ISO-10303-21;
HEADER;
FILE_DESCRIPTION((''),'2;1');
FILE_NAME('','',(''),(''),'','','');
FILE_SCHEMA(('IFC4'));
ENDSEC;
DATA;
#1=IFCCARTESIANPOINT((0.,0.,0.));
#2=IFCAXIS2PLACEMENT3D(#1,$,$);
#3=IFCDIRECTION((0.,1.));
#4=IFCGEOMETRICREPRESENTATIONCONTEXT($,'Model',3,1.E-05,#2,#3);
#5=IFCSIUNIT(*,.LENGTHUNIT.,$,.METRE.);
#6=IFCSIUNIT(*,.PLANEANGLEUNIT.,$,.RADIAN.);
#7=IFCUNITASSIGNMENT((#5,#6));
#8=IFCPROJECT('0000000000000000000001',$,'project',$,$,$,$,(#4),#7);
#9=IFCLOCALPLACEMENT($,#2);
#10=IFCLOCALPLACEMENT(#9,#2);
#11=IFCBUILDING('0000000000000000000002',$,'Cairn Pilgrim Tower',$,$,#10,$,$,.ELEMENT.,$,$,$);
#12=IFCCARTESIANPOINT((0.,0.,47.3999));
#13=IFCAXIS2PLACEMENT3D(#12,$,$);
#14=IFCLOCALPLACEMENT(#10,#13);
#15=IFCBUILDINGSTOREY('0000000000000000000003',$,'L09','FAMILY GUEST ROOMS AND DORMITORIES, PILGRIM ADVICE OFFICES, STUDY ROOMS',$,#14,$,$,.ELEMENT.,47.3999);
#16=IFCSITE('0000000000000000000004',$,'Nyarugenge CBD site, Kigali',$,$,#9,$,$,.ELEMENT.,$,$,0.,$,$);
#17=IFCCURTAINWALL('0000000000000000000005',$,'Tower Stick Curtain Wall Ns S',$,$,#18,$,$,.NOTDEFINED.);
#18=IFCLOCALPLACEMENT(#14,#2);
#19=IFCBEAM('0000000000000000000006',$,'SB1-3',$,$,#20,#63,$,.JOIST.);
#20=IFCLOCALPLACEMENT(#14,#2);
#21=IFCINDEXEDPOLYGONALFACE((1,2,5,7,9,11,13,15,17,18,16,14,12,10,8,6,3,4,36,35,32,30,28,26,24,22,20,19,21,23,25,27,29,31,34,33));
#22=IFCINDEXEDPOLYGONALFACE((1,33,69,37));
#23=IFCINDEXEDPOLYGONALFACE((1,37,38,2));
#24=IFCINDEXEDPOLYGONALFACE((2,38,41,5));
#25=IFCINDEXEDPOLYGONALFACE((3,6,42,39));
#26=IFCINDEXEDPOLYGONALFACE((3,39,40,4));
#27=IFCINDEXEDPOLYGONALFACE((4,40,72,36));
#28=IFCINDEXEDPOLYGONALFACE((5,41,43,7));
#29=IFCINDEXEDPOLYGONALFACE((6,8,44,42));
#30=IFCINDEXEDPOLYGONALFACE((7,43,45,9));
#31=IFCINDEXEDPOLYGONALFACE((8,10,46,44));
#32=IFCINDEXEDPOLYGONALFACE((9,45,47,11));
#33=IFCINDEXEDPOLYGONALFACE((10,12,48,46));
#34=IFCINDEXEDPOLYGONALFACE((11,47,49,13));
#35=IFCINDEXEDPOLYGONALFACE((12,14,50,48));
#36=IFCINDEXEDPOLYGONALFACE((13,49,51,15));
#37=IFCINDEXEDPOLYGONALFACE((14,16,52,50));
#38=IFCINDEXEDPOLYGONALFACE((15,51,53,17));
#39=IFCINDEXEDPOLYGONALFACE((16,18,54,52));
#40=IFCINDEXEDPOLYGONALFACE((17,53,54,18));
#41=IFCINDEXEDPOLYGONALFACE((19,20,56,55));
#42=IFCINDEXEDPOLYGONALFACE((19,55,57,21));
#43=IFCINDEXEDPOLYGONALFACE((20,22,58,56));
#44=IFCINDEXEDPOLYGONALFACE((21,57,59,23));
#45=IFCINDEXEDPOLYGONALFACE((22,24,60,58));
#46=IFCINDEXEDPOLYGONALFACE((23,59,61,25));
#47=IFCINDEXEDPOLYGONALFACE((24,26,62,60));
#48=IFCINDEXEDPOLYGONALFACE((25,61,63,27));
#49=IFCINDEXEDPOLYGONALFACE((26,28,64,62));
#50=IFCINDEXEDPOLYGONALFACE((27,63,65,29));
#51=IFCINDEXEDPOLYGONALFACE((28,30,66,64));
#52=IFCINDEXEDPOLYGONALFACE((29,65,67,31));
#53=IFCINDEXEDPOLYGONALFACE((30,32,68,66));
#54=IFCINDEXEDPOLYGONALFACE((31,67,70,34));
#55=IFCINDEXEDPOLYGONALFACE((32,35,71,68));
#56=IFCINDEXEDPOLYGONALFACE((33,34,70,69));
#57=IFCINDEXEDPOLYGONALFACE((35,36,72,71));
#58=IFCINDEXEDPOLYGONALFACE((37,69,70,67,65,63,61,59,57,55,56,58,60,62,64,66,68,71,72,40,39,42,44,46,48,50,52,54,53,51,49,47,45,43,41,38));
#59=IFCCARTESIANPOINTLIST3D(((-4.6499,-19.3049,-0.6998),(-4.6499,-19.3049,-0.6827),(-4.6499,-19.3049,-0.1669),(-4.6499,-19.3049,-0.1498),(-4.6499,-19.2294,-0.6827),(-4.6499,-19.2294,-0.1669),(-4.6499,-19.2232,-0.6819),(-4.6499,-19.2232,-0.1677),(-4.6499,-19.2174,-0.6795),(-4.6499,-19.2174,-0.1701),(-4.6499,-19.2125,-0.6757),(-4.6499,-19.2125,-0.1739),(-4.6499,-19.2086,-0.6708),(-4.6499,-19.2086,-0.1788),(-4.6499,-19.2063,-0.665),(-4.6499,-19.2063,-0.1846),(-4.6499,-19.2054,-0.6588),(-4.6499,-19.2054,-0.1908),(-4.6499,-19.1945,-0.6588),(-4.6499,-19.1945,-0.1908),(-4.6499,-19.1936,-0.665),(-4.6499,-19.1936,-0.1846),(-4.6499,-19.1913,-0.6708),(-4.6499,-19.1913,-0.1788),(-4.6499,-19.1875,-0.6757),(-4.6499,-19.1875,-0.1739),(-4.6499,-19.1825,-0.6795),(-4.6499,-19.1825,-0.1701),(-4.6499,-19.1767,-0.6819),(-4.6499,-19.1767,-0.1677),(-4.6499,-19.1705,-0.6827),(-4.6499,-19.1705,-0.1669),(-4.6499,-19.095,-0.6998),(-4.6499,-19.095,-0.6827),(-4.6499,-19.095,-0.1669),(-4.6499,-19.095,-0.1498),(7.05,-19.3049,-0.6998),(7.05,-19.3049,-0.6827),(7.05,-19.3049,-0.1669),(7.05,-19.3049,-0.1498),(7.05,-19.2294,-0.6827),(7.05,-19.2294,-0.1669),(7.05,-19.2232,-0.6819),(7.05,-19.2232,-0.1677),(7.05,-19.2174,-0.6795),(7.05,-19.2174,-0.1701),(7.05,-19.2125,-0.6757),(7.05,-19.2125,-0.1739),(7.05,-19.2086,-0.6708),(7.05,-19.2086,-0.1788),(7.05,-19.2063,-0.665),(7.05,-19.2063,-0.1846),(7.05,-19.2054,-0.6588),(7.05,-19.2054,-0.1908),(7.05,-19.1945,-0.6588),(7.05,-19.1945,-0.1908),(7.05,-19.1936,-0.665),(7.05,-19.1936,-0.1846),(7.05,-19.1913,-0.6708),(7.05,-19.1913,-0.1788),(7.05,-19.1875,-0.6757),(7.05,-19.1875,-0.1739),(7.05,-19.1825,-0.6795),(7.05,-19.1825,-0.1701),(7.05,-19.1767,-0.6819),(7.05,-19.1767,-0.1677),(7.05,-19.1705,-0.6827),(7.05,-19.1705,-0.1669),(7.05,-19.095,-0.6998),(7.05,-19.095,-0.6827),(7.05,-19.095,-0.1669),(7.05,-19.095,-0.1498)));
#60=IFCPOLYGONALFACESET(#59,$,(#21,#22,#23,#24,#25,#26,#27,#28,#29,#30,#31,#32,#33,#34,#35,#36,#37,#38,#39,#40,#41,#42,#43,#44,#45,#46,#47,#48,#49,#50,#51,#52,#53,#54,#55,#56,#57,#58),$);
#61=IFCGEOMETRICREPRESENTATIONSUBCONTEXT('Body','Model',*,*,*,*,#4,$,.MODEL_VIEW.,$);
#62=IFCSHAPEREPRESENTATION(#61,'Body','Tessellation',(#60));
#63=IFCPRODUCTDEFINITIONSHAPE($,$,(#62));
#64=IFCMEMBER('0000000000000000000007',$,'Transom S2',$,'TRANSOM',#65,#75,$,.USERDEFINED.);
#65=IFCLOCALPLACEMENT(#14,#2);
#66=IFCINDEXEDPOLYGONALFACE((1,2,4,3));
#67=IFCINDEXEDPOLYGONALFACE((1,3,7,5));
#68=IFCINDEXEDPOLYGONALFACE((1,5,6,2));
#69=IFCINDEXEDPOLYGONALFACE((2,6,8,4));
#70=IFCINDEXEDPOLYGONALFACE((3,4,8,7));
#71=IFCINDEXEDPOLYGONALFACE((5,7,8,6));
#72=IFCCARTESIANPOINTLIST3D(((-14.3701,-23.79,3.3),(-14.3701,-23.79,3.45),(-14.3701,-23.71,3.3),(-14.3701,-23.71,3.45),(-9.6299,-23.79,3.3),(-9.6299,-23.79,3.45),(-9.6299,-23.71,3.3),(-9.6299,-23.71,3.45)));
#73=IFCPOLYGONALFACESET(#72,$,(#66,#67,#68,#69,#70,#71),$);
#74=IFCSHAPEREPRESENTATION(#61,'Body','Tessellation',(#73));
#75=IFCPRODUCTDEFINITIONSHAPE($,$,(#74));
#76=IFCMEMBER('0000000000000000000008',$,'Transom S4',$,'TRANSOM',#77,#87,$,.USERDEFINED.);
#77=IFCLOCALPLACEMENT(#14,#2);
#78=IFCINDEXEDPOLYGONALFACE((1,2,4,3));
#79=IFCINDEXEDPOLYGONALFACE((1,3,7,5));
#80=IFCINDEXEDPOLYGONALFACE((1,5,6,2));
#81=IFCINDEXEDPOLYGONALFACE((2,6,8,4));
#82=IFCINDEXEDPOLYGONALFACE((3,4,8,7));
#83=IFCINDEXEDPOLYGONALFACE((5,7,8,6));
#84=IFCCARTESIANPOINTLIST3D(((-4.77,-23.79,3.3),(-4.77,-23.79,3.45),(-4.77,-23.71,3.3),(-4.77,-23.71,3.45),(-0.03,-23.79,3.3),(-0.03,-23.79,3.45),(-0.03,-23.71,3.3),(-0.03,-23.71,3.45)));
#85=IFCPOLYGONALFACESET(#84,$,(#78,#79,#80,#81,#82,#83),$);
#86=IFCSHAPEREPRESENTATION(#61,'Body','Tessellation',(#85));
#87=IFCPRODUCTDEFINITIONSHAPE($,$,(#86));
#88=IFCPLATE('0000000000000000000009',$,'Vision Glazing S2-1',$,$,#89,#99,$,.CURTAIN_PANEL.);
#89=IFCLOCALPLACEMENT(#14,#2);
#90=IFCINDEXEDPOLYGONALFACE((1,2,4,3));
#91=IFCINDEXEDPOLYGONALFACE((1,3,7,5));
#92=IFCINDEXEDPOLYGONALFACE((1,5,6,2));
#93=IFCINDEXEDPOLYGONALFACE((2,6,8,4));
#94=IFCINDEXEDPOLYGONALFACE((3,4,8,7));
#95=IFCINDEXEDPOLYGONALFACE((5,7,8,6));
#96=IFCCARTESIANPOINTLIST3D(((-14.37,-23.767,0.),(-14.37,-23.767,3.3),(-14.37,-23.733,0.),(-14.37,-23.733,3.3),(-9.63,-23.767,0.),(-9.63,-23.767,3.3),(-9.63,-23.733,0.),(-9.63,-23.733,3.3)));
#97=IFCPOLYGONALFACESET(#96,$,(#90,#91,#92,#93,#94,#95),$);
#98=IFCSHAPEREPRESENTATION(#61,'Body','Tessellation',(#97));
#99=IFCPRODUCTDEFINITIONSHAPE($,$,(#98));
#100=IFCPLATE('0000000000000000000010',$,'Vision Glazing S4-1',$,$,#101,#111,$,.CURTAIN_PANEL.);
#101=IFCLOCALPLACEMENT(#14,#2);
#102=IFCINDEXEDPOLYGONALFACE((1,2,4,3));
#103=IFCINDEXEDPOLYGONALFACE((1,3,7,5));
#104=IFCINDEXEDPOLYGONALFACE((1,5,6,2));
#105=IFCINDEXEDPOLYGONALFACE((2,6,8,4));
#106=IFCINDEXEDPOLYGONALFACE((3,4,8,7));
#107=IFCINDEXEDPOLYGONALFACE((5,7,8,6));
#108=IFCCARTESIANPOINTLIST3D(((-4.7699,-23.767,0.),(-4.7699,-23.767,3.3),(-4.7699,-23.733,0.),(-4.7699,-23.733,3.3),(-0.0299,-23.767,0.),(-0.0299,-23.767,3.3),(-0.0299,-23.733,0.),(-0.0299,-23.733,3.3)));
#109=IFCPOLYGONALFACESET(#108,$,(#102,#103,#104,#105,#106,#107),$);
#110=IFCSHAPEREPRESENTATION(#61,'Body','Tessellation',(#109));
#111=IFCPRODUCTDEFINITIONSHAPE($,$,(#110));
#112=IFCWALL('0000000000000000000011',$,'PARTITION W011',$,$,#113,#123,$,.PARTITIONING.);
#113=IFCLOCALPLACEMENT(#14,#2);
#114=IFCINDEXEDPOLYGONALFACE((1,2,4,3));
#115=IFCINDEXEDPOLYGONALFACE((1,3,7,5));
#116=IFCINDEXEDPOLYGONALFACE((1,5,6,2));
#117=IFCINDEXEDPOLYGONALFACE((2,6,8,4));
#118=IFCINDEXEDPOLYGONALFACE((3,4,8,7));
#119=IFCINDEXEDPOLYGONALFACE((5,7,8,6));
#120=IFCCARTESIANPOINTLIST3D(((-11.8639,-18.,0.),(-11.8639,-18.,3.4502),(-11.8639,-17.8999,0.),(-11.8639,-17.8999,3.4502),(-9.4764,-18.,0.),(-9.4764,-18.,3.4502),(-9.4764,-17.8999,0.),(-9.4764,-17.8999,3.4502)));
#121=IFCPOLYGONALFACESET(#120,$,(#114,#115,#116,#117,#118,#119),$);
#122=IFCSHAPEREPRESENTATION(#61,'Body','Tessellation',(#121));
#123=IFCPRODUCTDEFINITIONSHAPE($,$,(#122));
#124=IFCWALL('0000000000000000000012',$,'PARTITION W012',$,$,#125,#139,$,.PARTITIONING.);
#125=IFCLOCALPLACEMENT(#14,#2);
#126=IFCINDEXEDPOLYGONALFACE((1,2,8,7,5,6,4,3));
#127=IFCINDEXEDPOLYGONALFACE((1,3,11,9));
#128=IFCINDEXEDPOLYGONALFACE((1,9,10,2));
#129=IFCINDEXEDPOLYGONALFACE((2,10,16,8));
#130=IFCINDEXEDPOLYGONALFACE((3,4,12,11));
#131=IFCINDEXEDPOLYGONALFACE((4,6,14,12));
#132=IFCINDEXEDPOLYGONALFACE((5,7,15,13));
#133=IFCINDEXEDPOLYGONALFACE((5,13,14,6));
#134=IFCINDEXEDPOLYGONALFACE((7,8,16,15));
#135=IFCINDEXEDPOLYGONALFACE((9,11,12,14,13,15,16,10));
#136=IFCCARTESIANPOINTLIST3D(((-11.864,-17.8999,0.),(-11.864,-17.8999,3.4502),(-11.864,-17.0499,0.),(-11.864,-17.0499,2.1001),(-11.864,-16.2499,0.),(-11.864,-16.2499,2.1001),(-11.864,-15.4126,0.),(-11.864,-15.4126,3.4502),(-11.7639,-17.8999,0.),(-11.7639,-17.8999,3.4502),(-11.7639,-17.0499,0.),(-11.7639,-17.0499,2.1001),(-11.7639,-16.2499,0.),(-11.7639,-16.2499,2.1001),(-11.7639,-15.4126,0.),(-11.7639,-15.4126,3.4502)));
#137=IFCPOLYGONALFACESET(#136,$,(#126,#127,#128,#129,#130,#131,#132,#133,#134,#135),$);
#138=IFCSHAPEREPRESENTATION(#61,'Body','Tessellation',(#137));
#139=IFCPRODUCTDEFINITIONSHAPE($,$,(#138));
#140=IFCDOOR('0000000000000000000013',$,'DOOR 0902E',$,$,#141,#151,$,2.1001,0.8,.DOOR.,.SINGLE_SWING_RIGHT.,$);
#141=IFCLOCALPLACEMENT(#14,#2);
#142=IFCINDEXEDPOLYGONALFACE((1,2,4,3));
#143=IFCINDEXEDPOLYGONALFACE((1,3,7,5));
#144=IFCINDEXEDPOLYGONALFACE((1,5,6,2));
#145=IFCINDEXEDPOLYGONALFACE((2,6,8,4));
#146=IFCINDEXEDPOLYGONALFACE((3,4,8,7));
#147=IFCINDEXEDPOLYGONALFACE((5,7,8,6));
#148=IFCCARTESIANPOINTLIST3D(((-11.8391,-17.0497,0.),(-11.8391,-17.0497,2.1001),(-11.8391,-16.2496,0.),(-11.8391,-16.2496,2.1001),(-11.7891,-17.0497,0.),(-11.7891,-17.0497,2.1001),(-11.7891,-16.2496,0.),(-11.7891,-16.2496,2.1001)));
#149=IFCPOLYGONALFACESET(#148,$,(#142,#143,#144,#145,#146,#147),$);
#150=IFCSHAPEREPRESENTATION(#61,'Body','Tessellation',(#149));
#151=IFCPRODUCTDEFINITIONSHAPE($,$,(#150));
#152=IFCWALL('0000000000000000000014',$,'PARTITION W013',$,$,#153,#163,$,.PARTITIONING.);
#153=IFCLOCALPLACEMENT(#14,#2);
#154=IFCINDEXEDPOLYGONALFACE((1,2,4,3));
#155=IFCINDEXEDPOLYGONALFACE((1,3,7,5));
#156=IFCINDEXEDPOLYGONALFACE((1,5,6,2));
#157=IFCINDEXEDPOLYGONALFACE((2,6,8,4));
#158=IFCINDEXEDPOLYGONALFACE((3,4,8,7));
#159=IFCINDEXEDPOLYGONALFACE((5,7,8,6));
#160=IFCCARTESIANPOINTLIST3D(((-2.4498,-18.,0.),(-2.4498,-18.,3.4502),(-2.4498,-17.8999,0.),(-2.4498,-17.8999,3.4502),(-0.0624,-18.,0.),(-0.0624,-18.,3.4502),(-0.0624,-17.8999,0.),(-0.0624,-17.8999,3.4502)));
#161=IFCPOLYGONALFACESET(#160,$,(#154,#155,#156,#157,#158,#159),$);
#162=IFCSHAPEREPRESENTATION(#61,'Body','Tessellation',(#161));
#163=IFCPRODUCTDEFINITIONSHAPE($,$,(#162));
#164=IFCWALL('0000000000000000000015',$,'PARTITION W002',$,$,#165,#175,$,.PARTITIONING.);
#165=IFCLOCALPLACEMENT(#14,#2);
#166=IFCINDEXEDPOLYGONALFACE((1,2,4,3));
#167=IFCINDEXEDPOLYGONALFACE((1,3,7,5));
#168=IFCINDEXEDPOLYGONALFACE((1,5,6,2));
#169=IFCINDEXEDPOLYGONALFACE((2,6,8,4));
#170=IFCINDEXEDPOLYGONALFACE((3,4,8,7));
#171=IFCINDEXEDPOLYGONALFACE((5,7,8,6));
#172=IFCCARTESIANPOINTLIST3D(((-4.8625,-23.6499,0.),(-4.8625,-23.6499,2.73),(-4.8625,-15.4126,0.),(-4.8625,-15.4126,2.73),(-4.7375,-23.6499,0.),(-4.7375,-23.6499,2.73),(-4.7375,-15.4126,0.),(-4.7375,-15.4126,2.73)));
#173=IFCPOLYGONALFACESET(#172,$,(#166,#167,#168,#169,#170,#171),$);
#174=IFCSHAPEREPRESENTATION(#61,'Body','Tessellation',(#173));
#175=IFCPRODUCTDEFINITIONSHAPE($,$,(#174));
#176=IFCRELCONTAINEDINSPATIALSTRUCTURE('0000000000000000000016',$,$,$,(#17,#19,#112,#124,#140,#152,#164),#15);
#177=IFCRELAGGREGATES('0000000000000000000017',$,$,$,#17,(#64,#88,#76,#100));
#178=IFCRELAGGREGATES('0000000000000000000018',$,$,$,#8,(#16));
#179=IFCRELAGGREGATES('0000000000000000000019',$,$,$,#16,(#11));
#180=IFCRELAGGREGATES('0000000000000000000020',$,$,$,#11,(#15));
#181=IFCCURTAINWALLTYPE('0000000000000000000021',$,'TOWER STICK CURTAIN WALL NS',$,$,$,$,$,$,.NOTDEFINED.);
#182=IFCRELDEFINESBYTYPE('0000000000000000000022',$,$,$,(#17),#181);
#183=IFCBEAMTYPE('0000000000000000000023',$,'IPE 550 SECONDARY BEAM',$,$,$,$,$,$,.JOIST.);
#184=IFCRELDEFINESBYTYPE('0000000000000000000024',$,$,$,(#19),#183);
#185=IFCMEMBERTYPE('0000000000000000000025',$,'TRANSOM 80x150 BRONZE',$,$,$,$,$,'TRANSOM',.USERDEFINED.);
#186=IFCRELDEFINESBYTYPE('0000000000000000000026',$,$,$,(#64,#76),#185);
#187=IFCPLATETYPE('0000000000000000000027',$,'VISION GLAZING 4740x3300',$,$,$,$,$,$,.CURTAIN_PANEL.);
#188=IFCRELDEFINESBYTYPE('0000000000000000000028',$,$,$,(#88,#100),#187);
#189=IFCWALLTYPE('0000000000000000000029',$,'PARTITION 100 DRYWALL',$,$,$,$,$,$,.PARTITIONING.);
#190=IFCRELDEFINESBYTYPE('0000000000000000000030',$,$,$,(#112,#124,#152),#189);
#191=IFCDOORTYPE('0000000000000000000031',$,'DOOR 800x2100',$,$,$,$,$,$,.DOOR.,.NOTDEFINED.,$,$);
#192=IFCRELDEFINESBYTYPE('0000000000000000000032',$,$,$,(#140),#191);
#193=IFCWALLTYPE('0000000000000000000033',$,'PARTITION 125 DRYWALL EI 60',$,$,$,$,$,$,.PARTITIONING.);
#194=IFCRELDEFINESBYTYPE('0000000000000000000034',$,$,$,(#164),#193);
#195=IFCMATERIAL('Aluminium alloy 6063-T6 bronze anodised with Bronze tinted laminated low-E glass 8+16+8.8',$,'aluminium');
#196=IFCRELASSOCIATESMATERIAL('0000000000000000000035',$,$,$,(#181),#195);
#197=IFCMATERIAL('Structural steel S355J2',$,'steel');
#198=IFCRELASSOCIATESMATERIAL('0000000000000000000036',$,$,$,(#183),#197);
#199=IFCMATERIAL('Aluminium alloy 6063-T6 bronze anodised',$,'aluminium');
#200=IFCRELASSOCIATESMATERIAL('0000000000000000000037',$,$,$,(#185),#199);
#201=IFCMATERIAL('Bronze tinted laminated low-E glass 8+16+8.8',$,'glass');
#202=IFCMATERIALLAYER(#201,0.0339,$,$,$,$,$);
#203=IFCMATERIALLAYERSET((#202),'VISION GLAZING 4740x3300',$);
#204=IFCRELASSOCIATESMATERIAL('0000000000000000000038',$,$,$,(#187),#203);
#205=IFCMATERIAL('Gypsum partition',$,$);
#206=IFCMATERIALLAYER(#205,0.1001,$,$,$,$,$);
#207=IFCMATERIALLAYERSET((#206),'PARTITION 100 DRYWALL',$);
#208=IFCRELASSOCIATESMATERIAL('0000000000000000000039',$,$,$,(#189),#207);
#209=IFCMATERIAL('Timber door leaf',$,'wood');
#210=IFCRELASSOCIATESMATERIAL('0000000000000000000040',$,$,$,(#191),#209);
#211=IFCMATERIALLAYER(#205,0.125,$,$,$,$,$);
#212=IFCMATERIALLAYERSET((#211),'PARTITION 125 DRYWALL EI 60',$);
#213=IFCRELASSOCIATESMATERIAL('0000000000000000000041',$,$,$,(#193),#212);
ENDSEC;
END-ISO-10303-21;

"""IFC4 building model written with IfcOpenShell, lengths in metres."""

from ifc_helpers import new_model, si_unit, direction, frame, frame_2d, origin, origin_2d, place, context, subcontext, project, spatial, rectangle, i_section, extrude, material, layer, layer_set, material_profile, profile_set, type_object, element, fill, aggregate, save


model = new_model("IFC4")

# Units and contexts
model_context = context("Model", 3, precision=1e-05, world=origin(), true_north=direction((0.0, 1.0)))
body_context = subcontext(model_context, "Body", "Model", "MODEL_VIEW")
ifc_project = project(units=[si_unit("LENGTHUNIT", "METRE"), si_unit("PLANEANGLEUNIT", "RADIAN")], contexts=[model_context])

# Site, building, storey
site_placement = place(None, origin())
site = spatial("IfcSite", under=ifc_project, at=site_placement, Name="Nyarugenge CBD site, Kigali", CompositionType="ELEMENT", RefElevation=0.0)
building_placement = place(site_placement, origin())
building = spatial("IfcBuilding", under=site, at=building_placement, Name="Cairn Pilgrim Tower", CompositionType="ELEMENT")
storey_placement = place(building_placement, frame((0.0, 0.0, 47.3999)))
storey = spatial("IfcBuildingStorey", under=building, at=storey_placement, Name="L09", Description="FAMILY GUEST ROOMS AND DORMITORIES, PILGRIM ADVICE OFFICES, STUDY ROOMS", CompositionType="ELEMENT", Elevation=47.3999)

# Curtain wall
ifc_material_1 = material(Name="Aluminium alloy 6063-T6 bronze anodised with Bronze tinted laminated low-E glass 8+16+8.8", Category="aluminium")
curtain_wall_type = type_object("IfcCurtainWallType", Name="TOWER STICK CURTAIN WALL NS", PredefinedType="NOTDEFINED", material=ifc_material_1)
curtain_wall_placement = place(storey_placement, origin())
curtain_wall = element("IfcCurtainWall", 1, at=curtain_wall_placement, inside=storey, type_object=curtain_wall_type, Name="Tower Stick Curtain Wall Ns S", PredefinedType="NOTDEFINED")
ifc_material_2 = material(Name="Aluminium alloy 6063-T6 bronze anodised", Category="aluminium")

# Beam
ifc_material_3 = material(Name="Structural steel S355J2", Category="steel")
ifc_material_profile_1 = material_profile(ifc_material_3, i_section(OverallWidth=0.21, OverallDepth=0.55, WebThickness=0.011, FlangeThickness=0.0171, FilletRadius=0.0239, at=origin_2d()), Name="IPE 550")
ifc_profile_set_1 = profile_set([ifc_material_profile_1], Name="Structural steel S355J2")
beam_type_1 = type_object("IfcBeamType", Name="IPE 550 SECONDARY BEAM", PredefinedType="JOIST", material=ifc_profile_set_1)
beam_1_placement = place(storey_placement, frame((-4.6499, -19.2, -0.4248), z_axis=(1.0, 0.0, 0.0), x_axis=(0.0, 1.0, 0.0)))
element("IfcBeam", 2, at=beam_1_placement, inside=storey, type_object=beam_type_1, Name="SB1-3", PredefinedType="JOIST", context=body_context, shape_type="SweptSolid", body=[
    extrude(i_section(OverallWidth=0.21, OverallDepth=0.55, WebThickness=0.011, FlangeThickness=0.0171, FilletRadius=0.0239, at=origin_2d()), origin(), (0.0, 0.0, 1.0), 11.7),
])

# Members
ifc_material_profile_2 = material_profile(ifc_material_2, rectangle(XDim=0.0801, YDim=0.1499, at=origin_2d()), Name="TRANSOM 80x150 BRONZE")
ifc_profile_set_2 = profile_set([ifc_material_profile_2], Name="Aluminium alloy 6063-T6 bronze anodised")
member_type_1 = type_object("IfcMemberType", Name="TRANSOM 80x150 BRONZE", ElementType="TRANSOM", PredefinedType="USERDEFINED", material=ifc_profile_set_2)
member_1_placement = place(storey_placement, frame((-14.3701, -23.75, 3.375), z_axis=(1.0, 0.0, 0.0), x_axis=(0.0, 1.0, 0.0)))
member_1 = element("IfcMember", 3, at=member_1_placement, type_object=member_type_1, Name="Transom S2", ObjectType="TRANSOM", PredefinedType="USERDEFINED", context=body_context, shape_type="SweptSolid", body=[
    extrude(rectangle(XDim=0.0801, YDim=0.1499, at=origin_2d()), origin(), (0.0, 0.0, 1.0), 4.7402),
])
member_2_placement = place(storey_placement, frame((-4.77, -23.75, 3.375), z_axis=(1.0, 0.0, 0.0), x_axis=(0.0, 1.0, 0.0)))
member_2 = element("IfcMember", 4, at=member_2_placement, type_object=member_type_1, Name="Transom S4", ObjectType="TRANSOM", PredefinedType="USERDEFINED", context=body_context, shape_type="SweptSolid", body=[
    extrude(rectangle(XDim=0.0801, YDim=0.1499, at=origin_2d()), origin(), (0.0, 0.0, 1.0), 4.74),
])

# Plates
ifc_material_4 = material(Name="Bronze tinted laminated low-E glass 8+16+8.8", Category="glass")
ifc_layer_1 = layer(ifc_material_4, 0.0339)
ifc_layer_set_1 = layer_set([ifc_layer_1], Name="VISION GLAZING 4740x3300")
plate_type = type_object("IfcPlateType", Name="VISION GLAZING 4740x3300", PredefinedType="CURTAIN_PANEL", material=ifc_layer_set_1)
plate_1_placement = place(storey_placement, frame((-12.0, -23.75, 0.0), z_axis=(0.0, 0.0, 1.0), x_axis=(1.0, 0.0, 0.0)))
plate_1 = element("IfcPlate", 5, at=plate_1_placement, type_object=plate_type, Name="Vision Glazing S2-1", PredefinedType="CURTAIN_PANEL", context=body_context, shape_type="SweptSolid", body=[
    extrude(rectangle(XDim=4.74, YDim=0.0339, at=origin_2d()), origin(), (0.0, 0.0, 1.0), 3.3),
])
plate_2_placement = place(storey_placement, frame((-2.3999, -23.75, 0.0), z_axis=(0.0, 0.0, 1.0), x_axis=(1.0, 0.0, 0.0)))
plate_2 = element("IfcPlate", 6, at=plate_2_placement, type_object=plate_type, Name="Vision Glazing S4-1", PredefinedType="CURTAIN_PANEL", context=body_context, shape_type="SweptSolid", body=[
    extrude(rectangle(XDim=4.74, YDim=0.0339, at=origin_2d()), origin(), (0.0, 0.0, 1.0), 3.3),
])
aggregate(curtain_wall, [member_1, plate_1, member_2, plate_2])

# Wall
ifc_material_5 = material(Name="Gypsum partition")
ifc_layer_2 = layer(ifc_material_5, 0.1001)
ifc_layer_set_2 = layer_set([ifc_layer_2], Name="PARTITION 100 DRYWALL")
wall_type_1 = type_object("IfcWallType", Name="PARTITION 100 DRYWALL", PredefinedType="PARTITIONING", material=ifc_layer_set_2)
wall_1_placement = place(storey_placement, frame((-11.864, -17.95, 0.0), z_axis=(0.0, 0.0, 1.0), x_axis=(1.0, 0.0, 0.0)))
element("IfcWall", 7, at=wall_1_placement, inside=storey, type_object=wall_type_1, Name="PARTITION W011", PredefinedType="PARTITIONING", context=body_context, shape_type="SweptSolid", body=[
    extrude(rectangle(XDim=2.3875, YDim=0.1001, at=frame_2d((1.1938, 0.0))), origin(), (0.0, 0.0, 1.0), 3.4502),
])

# Wall, opening, door
wall_2_placement = place(storey_placement, frame((-11.814, -17.8999, 0.0), z_axis=(0.0, 0.0, 1.0), x_axis=(0.0, 1.0, 0.0)))
wall_2 = element("IfcWall", 8, at=wall_2_placement, inside=storey, type_object=wall_type_1, Name="PARTITION W012", PredefinedType="PARTITIONING", context=body_context, shape_type="SweptSolid", body=[
    extrude(rectangle(XDim=2.4873, YDim=0.1001, at=frame_2d((1.2437, 0.0))), origin(), (0.0, 0.0, 1.0), 3.4502),
])
opening_1_placement = place(wall_2_placement, frame((0.8501, 0.0, 0.0)))
opening_1 = element("IfcOpeningElement", 9, at=opening_1_placement, cuts=wall_2, PredefinedType="OPENING", context=body_context, shape_type="SweptSolid", body=[
    extrude(rectangle(XDim=0.8, YDim=2.1001, at=frame_2d((0.3999, 1.05))), frame((0.0, 0.0601, 0.0), z_axis=(0.0, -1.0, 0.0), x_axis=(1.0, 0.0, 0.0)), (0.0, 0.0, 1.0), 0.1201),
])
ifc_material_6 = material(Name="Timber door leaf", Category="wood")
door_type_1 = type_object("IfcDoorType", Name="DOOR 800x2100", OperationType="NOTDEFINED", PredefinedType="DOOR", material=ifc_material_6)
door_1_placement = place(opening_1_placement, frame((0.8, 0.0, 0.0), z_axis=(0.0, 0.0, 1.0), x_axis=(-1.0, 0.0, 0.0)))
door_1 = element("IfcDoor", 10, at=door_1_placement, inside=storey, type_object=door_type_1, Name="DOOR 0902E", OperationType="SINGLE_SWING_RIGHT", OverallHeight=2.1001, OverallWidth=0.8, PredefinedType="DOOR", context=body_context, shape_type="SweptSolid", body=[
    extrude(rectangle(XDim=0.8, YDim=2.1001, at=frame_2d((0.3999, 1.05))), frame((0.0, 0.0249, 0.0), z_axis=(0.0, -1.0, 0.0), x_axis=(1.0, 0.0, 0.0)), (0.0, 0.0, 1.0), 0.05),
])
fill(opening_1, door_1)

# Walls
wall_3_placement = place(storey_placement, frame((-2.45, -17.95, 0.0), z_axis=(0.0, 0.0, 1.0), x_axis=(1.0, 0.0, 0.0)))
element("IfcWall", 11, at=wall_3_placement, inside=storey, type_object=wall_type_1, Name="PARTITION W013", PredefinedType="PARTITIONING", context=body_context, shape_type="SweptSolid", body=[
    extrude(rectangle(XDim=2.3875, YDim=0.1001, at=frame_2d((1.1938, 0.0))), origin(), (0.0, 0.0, 1.0), 3.4502),
])
ifc_layer_3 = layer(ifc_material_5, 0.125)
ifc_layer_set_3 = layer_set([ifc_layer_3], Name="PARTITION 125 DRYWALL EI 60")
wall_type_2 = type_object("IfcWallType", Name="PARTITION 125 DRYWALL EI 60", PredefinedType="PARTITIONING", material=ifc_layer_set_3)
wall_4_placement = place(storey_placement, frame((-4.8, -23.6499, 0.0), z_axis=(0.0, 0.0, 1.0), x_axis=(0.0, 1.0, 0.0)))
element("IfcWall", 12, at=wall_4_placement, inside=storey, type_object=wall_type_2, Name="PARTITION W002", PredefinedType="PARTITIONING", context=body_context, shape_type="SweptSolid", body=[
    extrude(rectangle(XDim=8.2373, YDim=0.125, at=frame_2d((4.1187, 0.0))), origin(), (0.0, 0.0, 1.0), 2.73),
])

save(model, "model.ifc")
